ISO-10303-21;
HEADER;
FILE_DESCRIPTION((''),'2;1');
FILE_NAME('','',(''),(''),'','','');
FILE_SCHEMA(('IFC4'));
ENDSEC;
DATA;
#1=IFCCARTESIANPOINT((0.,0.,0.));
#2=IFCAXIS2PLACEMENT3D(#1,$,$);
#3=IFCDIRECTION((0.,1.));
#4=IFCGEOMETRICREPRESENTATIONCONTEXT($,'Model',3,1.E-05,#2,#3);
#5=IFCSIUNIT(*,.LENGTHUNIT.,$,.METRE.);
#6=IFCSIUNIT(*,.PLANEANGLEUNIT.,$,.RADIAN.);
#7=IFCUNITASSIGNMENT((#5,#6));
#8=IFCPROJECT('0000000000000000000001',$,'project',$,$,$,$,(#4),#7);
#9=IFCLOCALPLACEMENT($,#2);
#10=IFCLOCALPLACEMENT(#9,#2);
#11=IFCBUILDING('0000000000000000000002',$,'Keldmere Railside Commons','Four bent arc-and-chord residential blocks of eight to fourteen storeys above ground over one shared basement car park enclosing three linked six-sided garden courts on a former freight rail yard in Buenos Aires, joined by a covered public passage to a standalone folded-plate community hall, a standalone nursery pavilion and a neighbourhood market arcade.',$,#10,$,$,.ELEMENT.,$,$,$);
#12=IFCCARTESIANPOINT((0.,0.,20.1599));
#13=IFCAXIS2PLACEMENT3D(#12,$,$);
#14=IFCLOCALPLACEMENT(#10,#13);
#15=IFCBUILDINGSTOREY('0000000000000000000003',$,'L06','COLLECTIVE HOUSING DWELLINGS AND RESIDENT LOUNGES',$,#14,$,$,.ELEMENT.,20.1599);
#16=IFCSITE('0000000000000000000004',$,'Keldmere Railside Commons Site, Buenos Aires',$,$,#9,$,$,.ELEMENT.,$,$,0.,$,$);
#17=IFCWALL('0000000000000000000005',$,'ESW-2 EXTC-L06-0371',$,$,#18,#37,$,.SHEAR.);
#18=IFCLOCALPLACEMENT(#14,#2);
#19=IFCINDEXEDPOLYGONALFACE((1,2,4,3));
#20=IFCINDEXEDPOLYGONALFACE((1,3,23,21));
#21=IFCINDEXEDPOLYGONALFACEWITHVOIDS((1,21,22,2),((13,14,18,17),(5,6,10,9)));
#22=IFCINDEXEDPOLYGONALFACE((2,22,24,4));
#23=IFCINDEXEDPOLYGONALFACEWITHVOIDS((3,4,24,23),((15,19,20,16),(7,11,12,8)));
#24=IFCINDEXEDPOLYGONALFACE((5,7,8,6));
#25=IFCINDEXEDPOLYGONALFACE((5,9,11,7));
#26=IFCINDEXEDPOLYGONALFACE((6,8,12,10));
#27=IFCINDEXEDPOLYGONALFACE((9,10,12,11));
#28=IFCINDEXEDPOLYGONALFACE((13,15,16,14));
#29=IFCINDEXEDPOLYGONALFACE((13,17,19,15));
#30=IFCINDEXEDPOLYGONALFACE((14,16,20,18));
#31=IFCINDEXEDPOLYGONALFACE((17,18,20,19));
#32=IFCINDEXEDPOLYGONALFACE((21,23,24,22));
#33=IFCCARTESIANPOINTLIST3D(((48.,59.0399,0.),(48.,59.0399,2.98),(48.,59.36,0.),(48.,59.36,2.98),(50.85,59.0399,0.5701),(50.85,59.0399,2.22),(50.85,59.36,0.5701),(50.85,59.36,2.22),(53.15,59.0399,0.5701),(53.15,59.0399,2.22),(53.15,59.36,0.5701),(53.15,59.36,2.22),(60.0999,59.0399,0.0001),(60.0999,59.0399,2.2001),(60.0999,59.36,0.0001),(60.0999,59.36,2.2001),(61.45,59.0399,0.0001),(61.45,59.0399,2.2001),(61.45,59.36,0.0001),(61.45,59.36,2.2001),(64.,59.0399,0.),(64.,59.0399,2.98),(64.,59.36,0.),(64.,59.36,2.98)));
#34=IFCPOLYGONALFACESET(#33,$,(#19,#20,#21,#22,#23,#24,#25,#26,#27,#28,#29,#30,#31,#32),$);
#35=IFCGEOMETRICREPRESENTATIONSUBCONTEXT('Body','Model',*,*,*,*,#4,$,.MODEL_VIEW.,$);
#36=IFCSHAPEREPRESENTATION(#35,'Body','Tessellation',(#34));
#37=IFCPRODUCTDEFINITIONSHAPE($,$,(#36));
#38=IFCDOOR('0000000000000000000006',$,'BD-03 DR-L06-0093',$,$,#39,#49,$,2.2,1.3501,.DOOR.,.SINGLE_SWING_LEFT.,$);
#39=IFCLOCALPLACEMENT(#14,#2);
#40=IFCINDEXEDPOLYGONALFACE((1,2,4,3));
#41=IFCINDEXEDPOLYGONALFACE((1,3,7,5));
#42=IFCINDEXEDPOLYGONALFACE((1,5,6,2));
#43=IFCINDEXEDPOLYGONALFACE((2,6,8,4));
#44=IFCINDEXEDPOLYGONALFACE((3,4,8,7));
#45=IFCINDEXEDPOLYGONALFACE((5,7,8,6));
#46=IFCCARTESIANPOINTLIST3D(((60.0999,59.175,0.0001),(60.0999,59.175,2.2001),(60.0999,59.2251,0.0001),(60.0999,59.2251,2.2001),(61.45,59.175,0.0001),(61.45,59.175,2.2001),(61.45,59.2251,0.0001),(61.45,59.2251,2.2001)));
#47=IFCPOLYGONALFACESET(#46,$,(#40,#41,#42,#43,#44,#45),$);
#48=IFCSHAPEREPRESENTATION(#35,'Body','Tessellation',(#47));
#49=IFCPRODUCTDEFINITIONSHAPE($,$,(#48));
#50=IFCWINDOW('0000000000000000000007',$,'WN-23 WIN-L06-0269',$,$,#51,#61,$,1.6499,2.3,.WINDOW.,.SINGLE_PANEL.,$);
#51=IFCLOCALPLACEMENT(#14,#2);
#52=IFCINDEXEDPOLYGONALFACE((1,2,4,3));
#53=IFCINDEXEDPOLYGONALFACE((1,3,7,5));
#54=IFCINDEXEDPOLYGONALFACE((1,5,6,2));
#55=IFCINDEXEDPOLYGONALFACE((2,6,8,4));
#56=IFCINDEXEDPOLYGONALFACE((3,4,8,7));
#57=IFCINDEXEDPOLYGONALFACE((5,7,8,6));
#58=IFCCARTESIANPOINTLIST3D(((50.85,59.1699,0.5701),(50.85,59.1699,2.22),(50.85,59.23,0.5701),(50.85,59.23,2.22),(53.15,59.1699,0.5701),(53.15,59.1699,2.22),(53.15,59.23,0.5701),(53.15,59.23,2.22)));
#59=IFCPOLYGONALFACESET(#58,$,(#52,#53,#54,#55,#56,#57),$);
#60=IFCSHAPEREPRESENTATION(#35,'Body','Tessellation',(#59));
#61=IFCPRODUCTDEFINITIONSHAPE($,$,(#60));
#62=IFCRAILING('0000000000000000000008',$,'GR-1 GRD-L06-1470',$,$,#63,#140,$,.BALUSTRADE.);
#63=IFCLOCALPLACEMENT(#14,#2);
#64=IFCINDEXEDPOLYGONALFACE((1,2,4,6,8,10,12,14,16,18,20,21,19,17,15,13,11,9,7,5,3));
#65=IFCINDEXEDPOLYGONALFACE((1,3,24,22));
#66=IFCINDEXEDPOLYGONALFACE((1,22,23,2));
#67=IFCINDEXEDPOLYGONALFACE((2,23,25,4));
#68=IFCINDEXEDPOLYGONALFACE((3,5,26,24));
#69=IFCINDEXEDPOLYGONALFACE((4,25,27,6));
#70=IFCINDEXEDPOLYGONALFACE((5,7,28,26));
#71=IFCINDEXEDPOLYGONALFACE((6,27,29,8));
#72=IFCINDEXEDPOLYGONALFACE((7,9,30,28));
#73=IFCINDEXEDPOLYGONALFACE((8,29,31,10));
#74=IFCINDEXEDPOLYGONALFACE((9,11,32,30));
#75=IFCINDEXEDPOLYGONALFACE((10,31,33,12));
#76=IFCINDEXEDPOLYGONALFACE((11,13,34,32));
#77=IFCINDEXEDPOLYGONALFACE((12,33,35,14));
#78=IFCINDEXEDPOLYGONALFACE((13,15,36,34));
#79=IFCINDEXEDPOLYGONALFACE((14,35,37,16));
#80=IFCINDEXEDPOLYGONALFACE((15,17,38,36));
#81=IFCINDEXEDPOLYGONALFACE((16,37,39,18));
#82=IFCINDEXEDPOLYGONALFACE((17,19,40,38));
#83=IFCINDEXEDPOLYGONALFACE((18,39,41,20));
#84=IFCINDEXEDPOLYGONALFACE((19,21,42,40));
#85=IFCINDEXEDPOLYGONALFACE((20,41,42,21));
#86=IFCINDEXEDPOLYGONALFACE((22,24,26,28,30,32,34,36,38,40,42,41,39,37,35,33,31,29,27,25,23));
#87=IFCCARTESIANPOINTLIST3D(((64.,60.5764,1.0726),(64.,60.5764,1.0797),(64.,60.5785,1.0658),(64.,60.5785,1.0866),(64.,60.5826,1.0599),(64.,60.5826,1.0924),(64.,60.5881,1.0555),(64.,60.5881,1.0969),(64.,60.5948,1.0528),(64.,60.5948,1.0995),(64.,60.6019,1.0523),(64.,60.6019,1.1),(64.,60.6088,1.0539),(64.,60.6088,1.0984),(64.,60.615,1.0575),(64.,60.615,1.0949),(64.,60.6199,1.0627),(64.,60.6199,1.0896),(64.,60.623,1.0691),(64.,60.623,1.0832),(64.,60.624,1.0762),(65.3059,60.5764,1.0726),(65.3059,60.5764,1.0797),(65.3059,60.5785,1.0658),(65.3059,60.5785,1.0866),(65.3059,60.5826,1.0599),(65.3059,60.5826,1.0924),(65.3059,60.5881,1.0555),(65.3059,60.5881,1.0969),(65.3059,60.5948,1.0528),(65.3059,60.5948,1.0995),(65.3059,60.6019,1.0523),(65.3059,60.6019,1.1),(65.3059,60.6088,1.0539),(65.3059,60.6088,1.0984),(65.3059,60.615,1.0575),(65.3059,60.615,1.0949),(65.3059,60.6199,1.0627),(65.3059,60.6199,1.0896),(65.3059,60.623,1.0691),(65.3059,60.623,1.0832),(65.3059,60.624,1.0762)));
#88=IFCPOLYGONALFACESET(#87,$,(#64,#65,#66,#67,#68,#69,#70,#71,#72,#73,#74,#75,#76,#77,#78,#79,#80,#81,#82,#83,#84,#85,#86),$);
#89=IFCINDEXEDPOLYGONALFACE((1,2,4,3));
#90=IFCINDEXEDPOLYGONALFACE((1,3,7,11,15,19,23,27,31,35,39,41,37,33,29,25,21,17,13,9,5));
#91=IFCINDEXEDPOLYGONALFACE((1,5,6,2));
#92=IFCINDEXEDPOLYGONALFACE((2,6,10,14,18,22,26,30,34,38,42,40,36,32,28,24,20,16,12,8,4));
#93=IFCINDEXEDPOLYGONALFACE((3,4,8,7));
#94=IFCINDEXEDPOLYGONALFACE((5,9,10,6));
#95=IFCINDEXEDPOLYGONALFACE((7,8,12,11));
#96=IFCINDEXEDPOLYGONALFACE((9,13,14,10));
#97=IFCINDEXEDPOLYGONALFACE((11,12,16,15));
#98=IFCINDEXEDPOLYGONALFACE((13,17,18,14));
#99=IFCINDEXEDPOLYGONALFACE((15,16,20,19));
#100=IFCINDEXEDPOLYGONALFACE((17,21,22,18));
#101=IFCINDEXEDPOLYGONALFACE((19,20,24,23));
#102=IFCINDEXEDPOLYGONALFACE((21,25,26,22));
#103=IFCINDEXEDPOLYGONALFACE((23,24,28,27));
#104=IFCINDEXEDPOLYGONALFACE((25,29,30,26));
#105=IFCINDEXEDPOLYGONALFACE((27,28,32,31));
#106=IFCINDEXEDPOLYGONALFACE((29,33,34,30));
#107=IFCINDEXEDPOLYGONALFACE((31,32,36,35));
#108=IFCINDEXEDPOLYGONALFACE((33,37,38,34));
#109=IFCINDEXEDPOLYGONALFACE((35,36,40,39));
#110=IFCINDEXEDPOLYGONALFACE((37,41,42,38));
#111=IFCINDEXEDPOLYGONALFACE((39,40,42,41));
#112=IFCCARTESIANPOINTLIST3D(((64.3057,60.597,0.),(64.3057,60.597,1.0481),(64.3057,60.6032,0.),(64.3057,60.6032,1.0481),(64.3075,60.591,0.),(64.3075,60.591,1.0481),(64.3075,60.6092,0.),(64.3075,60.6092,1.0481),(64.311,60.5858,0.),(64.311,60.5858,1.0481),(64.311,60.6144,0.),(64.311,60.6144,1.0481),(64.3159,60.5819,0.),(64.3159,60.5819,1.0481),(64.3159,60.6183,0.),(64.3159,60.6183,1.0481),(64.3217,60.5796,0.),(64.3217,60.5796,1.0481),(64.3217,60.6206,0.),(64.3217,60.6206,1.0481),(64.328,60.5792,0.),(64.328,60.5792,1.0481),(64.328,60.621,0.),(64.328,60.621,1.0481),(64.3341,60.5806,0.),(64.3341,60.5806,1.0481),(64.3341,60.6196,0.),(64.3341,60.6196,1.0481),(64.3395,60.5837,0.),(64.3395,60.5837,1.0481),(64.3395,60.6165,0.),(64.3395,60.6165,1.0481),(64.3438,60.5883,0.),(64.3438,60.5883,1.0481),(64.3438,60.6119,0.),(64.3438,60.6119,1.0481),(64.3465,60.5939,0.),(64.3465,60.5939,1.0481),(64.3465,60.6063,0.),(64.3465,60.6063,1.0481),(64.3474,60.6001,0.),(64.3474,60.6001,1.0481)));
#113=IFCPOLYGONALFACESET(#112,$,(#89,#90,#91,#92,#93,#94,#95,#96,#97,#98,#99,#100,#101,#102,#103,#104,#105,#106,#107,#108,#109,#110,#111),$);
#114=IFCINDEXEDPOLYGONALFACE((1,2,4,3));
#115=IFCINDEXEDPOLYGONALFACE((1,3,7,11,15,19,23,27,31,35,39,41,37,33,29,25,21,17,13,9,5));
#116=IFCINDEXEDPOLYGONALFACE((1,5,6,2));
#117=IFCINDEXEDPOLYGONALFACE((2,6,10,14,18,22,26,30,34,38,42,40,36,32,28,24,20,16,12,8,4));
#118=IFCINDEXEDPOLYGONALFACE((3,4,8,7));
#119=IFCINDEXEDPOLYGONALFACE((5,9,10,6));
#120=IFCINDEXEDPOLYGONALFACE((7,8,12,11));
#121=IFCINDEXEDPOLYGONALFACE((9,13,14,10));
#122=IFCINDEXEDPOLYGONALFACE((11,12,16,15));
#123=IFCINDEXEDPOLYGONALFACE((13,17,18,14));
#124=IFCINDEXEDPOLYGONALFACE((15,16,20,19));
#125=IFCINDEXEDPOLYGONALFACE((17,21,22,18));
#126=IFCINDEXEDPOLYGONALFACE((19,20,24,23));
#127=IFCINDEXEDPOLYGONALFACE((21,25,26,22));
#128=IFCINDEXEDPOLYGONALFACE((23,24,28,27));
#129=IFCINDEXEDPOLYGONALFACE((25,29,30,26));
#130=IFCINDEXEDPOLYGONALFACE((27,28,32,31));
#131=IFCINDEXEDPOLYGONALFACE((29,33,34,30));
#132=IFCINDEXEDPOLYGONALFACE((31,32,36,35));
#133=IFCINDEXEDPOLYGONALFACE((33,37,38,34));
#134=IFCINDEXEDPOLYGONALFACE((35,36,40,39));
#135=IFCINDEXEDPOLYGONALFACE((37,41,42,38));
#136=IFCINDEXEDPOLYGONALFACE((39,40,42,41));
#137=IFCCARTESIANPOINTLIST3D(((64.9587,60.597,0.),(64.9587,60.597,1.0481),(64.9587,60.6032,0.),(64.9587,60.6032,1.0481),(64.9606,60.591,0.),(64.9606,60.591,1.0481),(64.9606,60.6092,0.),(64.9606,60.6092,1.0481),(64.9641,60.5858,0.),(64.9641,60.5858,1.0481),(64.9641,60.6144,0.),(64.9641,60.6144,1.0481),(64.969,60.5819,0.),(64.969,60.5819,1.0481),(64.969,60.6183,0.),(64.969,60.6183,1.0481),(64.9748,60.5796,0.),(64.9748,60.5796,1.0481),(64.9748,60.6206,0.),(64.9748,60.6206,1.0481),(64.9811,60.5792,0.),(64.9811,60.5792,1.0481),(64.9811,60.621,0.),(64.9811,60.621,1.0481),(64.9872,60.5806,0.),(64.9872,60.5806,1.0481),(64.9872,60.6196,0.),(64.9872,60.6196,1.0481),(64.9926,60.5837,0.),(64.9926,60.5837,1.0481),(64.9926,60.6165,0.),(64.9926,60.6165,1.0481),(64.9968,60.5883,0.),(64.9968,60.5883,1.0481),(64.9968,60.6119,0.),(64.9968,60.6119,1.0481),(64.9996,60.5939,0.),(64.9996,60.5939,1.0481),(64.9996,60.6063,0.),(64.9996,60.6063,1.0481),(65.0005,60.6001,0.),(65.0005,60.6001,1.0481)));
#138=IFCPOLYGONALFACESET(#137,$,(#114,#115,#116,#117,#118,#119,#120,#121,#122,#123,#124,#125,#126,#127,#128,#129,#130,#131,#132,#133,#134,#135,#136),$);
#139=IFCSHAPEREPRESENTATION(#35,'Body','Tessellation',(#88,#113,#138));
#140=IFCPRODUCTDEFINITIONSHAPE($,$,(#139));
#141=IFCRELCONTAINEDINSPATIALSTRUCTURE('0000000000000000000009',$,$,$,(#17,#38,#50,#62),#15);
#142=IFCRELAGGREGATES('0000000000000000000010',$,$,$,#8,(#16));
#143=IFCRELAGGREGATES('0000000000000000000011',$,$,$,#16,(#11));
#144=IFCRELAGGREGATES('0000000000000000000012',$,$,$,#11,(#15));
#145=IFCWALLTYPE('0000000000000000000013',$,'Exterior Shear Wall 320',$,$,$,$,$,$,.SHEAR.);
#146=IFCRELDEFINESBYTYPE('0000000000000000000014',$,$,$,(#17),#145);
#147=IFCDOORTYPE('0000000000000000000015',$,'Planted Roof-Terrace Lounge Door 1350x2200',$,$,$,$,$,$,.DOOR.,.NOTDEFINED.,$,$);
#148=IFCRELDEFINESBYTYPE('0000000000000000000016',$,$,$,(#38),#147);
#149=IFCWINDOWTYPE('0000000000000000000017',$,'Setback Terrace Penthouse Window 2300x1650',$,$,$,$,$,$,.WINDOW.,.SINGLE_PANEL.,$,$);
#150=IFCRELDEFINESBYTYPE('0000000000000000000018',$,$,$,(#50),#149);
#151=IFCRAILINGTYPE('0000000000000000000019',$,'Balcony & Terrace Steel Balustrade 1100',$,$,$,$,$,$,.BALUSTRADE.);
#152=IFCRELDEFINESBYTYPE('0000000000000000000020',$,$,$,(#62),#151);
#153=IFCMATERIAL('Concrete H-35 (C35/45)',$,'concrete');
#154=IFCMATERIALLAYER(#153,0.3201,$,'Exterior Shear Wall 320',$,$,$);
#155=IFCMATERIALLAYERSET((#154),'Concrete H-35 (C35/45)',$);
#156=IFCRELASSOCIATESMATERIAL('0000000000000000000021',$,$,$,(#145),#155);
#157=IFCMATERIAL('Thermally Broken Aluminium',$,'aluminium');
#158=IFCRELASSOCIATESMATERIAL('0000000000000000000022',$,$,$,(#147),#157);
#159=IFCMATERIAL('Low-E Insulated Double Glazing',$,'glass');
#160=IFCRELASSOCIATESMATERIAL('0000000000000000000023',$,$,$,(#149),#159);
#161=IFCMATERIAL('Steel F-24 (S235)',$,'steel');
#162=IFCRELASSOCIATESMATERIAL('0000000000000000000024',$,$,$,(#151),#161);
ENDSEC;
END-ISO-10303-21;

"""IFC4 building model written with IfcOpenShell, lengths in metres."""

from ifc_helpers import new_model, si_unit, direction, frame, frame_2d, origin, origin_2d, place, context, subcontext, project, spatial, rectangle, circle, extrude, material, layer, layer_set, type_object, element, fill, save


model = new_model("IFC4")

# Units and contexts
model_context = context("Model", 3, precision=1e-05, world=origin(), true_north=direction((0.0, 1.0)))
body_context = subcontext(model_context, "Body", "Model", "MODEL_VIEW")
ifc_project = project(units=[si_unit("LENGTHUNIT", "METRE"), si_unit("PLANEANGLEUNIT", "RADIAN")], contexts=[model_context])

# Site, building, storey
site_placement = place(None, origin())
site = spatial("IfcSite", under=ifc_project, at=site_placement, Name="Keldmere Railside Commons Site, Buenos Aires", CompositionType="ELEMENT", RefElevation=0.0)
building_placement = place(site_placement, origin())
building = spatial("IfcBuilding", under=site, at=building_placement, Name="Keldmere Railside Commons", Description="Four bent arc-and-chord residential blocks of eight to fourteen storeys above ground over one shared basement car park enclosing three linked six-sided garden courts on a former freight rail yard in Buenos Aires, joined by a covered public passage to a standalone folded-plate community hall, a standalone nursery pavilion and a neighbourhood market arcade.", CompositionType="ELEMENT")
storey_placement = place(building_placement, frame((0.0, 0.0, 20.1599)))
storey = spatial("IfcBuildingStorey", under=building, at=storey_placement, Name="L06", Description="COLLECTIVE HOUSING DWELLINGS AND RESIDENT LOUNGES", CompositionType="ELEMENT", Elevation=20.1599)

# Wall, openings, door, window
ifc_material_1 = material(Name="Concrete H-35 (C35/45)", Category="concrete")
ifc_layer = layer(ifc_material_1, 0.3201, Name="Exterior Shear Wall 320")
ifc_layer_set = layer_set([ifc_layer], Name="Concrete H-35 (C35/45)")
wall_type = type_object("IfcWallType", Name="Exterior Shear Wall 320", PredefinedType="SHEAR", material=ifc_layer_set)
wall_placement = place(storey_placement, frame((64.0, 59.2, 0.0), z_axis=(0.0, 0.0, 1.0), x_axis=(-1.0, 0.0, 0.0)))
wall = element("IfcWall", 1, at=wall_placement, inside=storey, type_object=wall_type, Name="ESW-2 EXTC-L06-0371", PredefinedType="SHEAR", context=body_context, shape_type="SweptSolid", body=[
    extrude(rectangle(XDim=16.0, YDim=0.3201, at=frame_2d((8.0, 0.0))), origin(), (0.0, 0.0, 1.0), 2.98),
])
opening_1_placement = place(wall_placement, frame((2.55, 0.0, 0.0)))
opening_1 = element("IfcOpeningElement", 2, at=opening_1_placement, cuts=wall, PredefinedType="OPENING", context=body_context, shape_type="SweptSolid", body=[
    extrude(rectangle(XDim=1.3501, YDim=2.2, at=frame_2d((0.675, 1.1001))), frame((0.0, 0.1699, 0.0), z_axis=(0.0, -1.0, 0.0), x_axis=(1.0, 0.0, 0.0)), (0.0, 0.0, 1.0), 0.3401),
])
opening_2_placement = place(wall_placement, frame((10.8501, 0.0, 0.5701)))
opening_2 = element("IfcOpeningElement", 3, at=opening_2_placement, cuts=wall, PredefinedType="OPENING", context=body_context, shape_type="SweptSolid", body=[
    extrude(rectangle(XDim=2.3, YDim=1.6499, at=frame_2d((1.1499, 0.825))), frame((0.0, 0.1699, 0.0), z_axis=(0.0, -1.0, 0.0), x_axis=(1.0, 0.0, 0.0)), (0.0, 0.0, 1.0), 0.3401),
])
ifc_material_2 = material(Name="Thermally Broken Aluminium", Category="aluminium")
door_type = type_object("IfcDoorType", Name="Planted Roof-Terrace Lounge Door 1350x2200", OperationType="NOTDEFINED", PredefinedType="DOOR", material=ifc_material_2)
door_placement = place(opening_1_placement, origin())
door = element("IfcDoor", 4, at=door_placement, inside=storey, type_object=door_type, Name="BD-03 DR-L06-0093", OperationType="SINGLE_SWING_LEFT", OverallHeight=2.2, OverallWidth=1.3501, PredefinedType="DOOR", context=body_context, shape_type="SweptSolid", body=[
    extrude(rectangle(XDim=1.3501, YDim=2.2, at=frame_2d((0.675, 1.1001))), frame((0.0, 0.0249, 0.0), z_axis=(0.0, -1.0, 0.0), x_axis=(1.0, 0.0, 0.0)), (0.0, 0.0, 1.0), 0.05),
])
fill(opening_1, door)
ifc_material_3 = material(Name="Low-E Insulated Double Glazing", Category="glass")
window_type = type_object("IfcWindowType", Name="Setback Terrace Penthouse Window 2300x1650", PartitioningType="SINGLE_PANEL", PredefinedType="WINDOW", material=ifc_material_3)
window_placement = place(opening_2_placement, origin())
window = element("IfcWindow", 5, at=window_placement, inside=storey, type_object=window_type, Name="WN-23 WIN-L06-0269", OverallHeight=1.6499, OverallWidth=2.3, PartitioningType="SINGLE_PANEL", PredefinedType="WINDOW", context=body_context, shape_type="SweptSolid", body=[
    extrude(rectangle(XDim=2.3, YDim=1.6499, at=frame_2d((1.1499, 0.825))), frame((0.0, 0.03, 0.0), z_axis=(0.0, -1.0, 0.0), x_axis=(1.0, 0.0, 0.0)), (0.0, 0.0, 1.0), 0.0601),
])
fill(opening_2, window)

# Railing
ifc_material_4 = material(Name="Steel F-24 (S235)", Category="steel")
railing_type = type_object("IfcRailingType", Name="Balcony & Terrace Steel Balustrade 1100", PredefinedType="BALUSTRADE", material=ifc_material_4)
railing_1_placement = place(storey_placement, frame((64.0, 60.6001, 0.0)))
element("IfcRailing", 6, at=railing_1_placement, inside=storey, type_object=railing_type, Name="GR-1 GRD-L06-1470", PredefinedType="BALUSTRADE", context=body_context, shape_type="SweptSolid", body=[
    extrude(circle(Radius=0.0239, at=origin_2d()), frame((0.0, 0.0, 1.0762), z_axis=(1.0, 0.0, 0.0), x_axis=(0.0, 1.0, 0.0)), (0.0, 0.0, 1.0), 1.3059),
    extrude(circle(Radius=0.021, at=origin_2d()), frame((0.3264, 0.0, 0.0)), (0.0, 0.0, 1.0), 1.0481),
    extrude(circle(Radius=0.021, at=origin_2d()), frame((0.9795, 0.0, 0.0)), (0.0, 0.0, 1.0), 1.0481),
])

save(model, "model.ifc")
